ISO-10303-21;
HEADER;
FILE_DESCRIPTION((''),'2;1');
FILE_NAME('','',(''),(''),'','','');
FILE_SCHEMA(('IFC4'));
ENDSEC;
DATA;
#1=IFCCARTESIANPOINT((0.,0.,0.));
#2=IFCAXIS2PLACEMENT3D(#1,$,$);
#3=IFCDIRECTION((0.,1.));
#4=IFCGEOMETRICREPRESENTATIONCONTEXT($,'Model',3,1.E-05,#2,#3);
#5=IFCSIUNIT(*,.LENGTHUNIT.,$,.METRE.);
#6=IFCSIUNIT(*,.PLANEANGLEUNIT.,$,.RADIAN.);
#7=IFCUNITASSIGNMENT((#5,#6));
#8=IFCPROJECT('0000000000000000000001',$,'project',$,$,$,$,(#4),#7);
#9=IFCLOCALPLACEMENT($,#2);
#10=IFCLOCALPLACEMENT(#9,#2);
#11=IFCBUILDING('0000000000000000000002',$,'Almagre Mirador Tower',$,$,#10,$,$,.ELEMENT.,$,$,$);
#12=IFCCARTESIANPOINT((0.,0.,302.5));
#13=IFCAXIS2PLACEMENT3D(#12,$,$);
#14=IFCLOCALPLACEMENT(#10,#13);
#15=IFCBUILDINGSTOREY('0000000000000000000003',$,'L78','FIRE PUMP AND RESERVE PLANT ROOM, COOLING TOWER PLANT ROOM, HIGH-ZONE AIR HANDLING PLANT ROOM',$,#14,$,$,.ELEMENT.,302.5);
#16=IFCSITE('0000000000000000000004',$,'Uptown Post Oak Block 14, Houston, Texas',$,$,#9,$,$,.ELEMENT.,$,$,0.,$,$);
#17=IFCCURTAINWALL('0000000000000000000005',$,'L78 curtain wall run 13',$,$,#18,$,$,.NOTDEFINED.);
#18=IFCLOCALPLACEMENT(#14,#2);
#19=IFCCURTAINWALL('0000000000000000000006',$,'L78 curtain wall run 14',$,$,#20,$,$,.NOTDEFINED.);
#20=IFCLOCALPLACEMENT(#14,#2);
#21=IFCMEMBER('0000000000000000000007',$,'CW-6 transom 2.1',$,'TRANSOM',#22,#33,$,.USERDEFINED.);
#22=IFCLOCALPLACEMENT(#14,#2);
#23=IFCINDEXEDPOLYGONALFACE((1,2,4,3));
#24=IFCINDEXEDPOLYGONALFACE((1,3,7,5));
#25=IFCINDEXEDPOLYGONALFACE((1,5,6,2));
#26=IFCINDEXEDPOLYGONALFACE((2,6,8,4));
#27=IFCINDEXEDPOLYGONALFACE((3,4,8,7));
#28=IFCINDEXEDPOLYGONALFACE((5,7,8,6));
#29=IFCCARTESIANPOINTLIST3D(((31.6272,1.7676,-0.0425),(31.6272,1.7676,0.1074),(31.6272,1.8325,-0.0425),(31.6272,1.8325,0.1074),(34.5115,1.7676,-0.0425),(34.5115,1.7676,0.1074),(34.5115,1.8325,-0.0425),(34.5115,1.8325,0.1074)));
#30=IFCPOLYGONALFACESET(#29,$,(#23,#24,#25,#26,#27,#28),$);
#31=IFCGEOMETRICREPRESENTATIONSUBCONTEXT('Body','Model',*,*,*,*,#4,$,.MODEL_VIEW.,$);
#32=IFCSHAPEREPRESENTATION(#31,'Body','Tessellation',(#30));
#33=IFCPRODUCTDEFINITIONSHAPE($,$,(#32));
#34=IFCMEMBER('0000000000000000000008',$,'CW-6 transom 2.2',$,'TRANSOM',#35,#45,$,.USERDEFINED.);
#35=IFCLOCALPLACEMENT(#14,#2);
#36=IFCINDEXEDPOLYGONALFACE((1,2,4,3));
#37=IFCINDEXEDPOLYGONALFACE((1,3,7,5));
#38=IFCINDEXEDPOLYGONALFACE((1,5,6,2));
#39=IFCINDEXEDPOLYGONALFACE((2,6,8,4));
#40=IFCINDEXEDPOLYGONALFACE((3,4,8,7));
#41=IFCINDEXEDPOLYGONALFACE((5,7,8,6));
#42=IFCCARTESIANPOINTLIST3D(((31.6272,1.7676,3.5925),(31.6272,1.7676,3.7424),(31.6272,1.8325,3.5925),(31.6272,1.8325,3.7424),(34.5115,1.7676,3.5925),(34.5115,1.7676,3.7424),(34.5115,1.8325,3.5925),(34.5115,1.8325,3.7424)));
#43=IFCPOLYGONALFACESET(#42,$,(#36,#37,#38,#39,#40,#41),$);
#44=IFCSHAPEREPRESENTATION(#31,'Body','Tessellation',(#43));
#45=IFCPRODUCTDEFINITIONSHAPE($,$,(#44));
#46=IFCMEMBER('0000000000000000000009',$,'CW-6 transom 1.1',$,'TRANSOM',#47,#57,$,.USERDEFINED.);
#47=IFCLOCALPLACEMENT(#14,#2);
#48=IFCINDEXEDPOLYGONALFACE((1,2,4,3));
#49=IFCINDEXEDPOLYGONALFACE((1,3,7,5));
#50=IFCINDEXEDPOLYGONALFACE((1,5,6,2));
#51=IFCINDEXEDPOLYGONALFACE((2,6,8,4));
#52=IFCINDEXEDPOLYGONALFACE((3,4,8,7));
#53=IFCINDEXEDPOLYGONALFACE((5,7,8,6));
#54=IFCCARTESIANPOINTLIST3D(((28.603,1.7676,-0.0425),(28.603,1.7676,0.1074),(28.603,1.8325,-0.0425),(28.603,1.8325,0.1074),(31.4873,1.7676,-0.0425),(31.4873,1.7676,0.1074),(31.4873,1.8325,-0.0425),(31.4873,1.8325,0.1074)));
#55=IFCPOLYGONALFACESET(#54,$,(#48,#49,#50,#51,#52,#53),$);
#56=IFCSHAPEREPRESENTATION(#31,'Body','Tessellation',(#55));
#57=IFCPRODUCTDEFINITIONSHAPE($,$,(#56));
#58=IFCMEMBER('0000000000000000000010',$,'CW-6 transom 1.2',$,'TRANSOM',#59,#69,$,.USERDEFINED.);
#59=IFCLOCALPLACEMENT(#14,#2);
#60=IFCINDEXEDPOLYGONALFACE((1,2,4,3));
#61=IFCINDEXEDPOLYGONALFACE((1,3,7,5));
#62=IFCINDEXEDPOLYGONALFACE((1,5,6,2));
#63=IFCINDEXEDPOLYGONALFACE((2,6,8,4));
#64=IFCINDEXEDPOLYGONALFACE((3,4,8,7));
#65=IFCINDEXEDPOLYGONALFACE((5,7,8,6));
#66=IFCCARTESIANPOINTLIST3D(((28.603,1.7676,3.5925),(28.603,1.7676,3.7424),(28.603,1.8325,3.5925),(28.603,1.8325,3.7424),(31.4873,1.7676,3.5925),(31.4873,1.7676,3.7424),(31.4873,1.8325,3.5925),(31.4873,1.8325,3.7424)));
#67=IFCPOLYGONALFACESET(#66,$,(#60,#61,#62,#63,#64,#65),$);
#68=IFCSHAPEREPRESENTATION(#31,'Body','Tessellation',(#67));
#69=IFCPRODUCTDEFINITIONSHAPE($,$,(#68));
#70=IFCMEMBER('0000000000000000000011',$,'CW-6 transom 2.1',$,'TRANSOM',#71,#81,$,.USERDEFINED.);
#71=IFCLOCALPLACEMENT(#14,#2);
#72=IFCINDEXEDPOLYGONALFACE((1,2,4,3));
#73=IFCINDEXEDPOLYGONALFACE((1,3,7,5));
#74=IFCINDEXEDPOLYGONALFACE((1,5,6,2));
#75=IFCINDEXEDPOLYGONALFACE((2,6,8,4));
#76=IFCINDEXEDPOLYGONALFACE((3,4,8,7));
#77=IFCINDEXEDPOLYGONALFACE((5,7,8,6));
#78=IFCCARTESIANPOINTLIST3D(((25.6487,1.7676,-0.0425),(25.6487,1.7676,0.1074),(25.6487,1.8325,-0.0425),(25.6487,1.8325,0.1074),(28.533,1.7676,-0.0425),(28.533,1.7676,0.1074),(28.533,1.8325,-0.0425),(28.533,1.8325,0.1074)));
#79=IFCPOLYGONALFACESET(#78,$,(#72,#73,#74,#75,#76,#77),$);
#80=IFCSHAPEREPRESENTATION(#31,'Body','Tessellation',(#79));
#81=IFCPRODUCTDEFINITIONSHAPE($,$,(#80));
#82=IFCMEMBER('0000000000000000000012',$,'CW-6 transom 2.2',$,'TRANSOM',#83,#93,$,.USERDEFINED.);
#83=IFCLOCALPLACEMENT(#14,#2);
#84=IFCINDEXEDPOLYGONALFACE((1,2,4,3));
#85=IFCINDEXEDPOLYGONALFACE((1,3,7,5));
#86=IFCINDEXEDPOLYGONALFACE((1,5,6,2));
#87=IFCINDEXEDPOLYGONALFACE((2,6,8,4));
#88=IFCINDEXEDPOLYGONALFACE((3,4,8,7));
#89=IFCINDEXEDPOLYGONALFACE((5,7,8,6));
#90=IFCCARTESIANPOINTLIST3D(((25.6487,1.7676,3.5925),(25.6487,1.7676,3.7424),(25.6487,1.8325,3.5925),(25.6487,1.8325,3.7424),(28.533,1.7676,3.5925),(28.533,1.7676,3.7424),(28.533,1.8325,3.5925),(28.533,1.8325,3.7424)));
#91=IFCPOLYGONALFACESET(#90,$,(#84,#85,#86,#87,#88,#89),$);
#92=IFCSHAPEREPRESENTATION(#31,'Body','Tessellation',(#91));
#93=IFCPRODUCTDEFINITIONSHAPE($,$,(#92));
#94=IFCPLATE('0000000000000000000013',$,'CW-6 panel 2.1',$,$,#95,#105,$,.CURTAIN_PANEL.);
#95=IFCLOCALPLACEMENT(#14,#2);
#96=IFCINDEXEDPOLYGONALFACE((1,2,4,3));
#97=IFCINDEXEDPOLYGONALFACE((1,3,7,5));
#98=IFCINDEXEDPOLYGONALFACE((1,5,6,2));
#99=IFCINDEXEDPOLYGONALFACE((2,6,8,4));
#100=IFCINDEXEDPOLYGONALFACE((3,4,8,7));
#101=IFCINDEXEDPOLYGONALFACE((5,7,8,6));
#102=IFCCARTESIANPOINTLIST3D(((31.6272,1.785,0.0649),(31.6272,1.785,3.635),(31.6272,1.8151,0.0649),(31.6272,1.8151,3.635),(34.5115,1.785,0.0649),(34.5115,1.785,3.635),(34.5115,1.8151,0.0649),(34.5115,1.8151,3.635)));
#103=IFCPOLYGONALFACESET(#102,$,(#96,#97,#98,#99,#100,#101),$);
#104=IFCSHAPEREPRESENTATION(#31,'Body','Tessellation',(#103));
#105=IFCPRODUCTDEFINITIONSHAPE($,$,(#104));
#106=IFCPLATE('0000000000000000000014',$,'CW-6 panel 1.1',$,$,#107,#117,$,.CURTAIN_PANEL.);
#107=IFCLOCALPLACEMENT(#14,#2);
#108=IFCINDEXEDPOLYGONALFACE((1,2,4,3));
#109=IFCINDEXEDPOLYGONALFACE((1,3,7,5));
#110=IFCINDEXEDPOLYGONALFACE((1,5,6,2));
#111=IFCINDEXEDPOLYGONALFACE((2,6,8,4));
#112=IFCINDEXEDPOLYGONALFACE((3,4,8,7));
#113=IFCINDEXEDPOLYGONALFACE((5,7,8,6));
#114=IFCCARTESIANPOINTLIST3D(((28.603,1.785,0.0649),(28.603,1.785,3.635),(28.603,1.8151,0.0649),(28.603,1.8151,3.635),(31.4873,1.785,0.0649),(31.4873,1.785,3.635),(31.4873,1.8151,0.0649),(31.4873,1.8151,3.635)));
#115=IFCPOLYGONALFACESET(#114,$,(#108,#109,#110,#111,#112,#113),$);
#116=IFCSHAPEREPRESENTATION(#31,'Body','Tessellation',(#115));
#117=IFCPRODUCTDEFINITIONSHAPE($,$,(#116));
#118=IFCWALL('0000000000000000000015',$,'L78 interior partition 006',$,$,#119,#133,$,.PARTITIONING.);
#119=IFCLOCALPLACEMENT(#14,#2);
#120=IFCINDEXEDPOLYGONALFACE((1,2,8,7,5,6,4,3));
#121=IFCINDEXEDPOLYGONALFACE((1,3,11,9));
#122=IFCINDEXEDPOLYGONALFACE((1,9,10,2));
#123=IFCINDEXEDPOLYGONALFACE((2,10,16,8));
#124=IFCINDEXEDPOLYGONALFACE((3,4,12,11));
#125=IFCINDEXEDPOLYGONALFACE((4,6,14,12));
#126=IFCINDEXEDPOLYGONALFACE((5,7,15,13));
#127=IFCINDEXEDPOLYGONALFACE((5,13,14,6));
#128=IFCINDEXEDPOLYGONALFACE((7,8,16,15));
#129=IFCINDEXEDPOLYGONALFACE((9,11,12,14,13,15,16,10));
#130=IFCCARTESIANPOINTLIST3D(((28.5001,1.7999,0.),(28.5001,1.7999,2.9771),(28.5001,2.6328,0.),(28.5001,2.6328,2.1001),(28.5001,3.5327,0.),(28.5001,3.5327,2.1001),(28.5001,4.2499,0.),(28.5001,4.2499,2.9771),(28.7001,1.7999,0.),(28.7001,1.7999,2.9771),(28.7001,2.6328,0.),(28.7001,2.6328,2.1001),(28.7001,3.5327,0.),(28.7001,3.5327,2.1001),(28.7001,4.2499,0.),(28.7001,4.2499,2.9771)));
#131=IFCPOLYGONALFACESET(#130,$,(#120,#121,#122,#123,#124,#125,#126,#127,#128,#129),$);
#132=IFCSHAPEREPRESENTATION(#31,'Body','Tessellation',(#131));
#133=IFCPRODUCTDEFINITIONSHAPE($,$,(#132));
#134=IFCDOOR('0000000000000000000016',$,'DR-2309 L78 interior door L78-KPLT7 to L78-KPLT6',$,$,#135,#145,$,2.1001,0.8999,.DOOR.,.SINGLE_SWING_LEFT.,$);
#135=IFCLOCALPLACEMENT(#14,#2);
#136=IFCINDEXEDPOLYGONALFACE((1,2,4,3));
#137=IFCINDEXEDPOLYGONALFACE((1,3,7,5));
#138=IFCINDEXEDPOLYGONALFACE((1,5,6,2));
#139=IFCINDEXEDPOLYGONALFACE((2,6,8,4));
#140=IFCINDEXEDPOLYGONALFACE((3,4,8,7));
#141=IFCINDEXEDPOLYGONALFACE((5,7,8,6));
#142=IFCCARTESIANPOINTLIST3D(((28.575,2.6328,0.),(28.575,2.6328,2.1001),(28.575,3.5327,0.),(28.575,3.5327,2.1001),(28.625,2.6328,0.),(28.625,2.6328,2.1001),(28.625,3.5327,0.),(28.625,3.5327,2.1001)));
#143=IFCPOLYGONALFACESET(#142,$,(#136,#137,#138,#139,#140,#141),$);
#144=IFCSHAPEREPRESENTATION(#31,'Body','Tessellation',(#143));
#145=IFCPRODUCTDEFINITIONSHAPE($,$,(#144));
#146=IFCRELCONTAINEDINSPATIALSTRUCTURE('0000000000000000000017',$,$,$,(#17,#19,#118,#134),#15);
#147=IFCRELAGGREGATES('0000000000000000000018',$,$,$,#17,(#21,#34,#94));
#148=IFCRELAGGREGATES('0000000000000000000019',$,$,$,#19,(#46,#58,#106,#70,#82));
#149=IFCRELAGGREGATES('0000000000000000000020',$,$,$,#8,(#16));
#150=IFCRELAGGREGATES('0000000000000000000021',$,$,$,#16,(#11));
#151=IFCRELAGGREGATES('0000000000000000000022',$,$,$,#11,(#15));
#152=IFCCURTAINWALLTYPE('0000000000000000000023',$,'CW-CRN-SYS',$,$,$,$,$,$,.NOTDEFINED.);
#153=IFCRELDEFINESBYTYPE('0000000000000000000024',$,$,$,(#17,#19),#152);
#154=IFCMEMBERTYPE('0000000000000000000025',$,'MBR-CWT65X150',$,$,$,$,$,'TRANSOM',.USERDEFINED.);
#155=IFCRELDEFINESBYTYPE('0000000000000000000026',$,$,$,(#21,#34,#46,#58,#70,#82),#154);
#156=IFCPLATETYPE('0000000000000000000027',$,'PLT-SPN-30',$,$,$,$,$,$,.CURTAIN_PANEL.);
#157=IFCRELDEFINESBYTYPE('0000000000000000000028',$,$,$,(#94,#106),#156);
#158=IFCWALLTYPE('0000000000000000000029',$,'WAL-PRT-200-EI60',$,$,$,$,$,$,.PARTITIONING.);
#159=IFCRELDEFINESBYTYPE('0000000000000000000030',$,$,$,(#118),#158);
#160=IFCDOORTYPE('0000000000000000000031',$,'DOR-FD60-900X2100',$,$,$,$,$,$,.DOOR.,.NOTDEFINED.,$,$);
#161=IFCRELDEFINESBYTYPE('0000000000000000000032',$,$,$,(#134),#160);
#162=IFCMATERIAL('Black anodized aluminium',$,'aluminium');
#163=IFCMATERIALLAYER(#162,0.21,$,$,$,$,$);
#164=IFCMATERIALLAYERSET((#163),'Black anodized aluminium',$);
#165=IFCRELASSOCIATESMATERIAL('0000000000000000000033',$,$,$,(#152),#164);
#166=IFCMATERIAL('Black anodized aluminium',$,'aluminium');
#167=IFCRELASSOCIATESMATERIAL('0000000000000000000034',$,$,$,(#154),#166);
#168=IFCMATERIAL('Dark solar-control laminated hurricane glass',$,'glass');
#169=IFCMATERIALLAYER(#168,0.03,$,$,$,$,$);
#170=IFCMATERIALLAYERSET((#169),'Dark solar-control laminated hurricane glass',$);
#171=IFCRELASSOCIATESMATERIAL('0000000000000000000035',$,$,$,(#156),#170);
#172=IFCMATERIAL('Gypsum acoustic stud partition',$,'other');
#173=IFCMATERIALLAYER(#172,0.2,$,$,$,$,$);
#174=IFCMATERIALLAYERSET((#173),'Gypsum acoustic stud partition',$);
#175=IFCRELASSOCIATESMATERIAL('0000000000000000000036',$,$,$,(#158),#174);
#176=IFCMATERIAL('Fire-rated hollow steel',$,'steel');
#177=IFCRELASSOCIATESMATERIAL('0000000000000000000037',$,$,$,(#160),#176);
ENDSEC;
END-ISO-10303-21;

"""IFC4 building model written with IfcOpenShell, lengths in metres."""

from ifc_helpers import new_model, si_unit, direction, frame, frame_2d, origin, origin_2d, place, context, subcontext, project, spatial, rectangle, extrude, material, layer, layer_set, material_profile, profile_set, type_object, element, fill, aggregate, save


model = new_model("IFC4")

# Units and contexts
model_context = context("Model", 3, precision=1e-05, world=origin(), true_north=direction((0.0, 1.0)))
body_context = subcontext(model_context, "Body", "Model", "MODEL_VIEW")
ifc_project = project(units=[si_unit("LENGTHUNIT", "METRE"), si_unit("PLANEANGLEUNIT", "RADIAN")], contexts=[model_context])

# Site, building, storey
site_placement = place(None, origin())
site = spatial("IfcSite", under=ifc_project, at=site_placement, Name="Uptown Post Oak Block 14, Houston, Texas", CompositionType="ELEMENT", RefElevation=0.0)
building_placement = place(site_placement, origin())
building = spatial("IfcBuilding", under=site, at=building_placement, Name="Almagre Mirador Tower", CompositionType="ELEMENT")
storey_placement = place(building_placement, frame((0.0, 0.0, 302.5)))
storey = spatial("IfcBuildingStorey", under=building, at=storey_placement, Name="L78", Description="FIRE PUMP AND RESERVE PLANT ROOM, COOLING TOWER PLANT ROOM, HIGH-ZONE AIR HANDLING PLANT ROOM", CompositionType="ELEMENT", Elevation=302.5)

# Curtain walls
ifc_material_1 = material(Name="Black anodized aluminium", Category="aluminium")
ifc_layer_1 = layer(ifc_material_1, 0.21)
ifc_layer_set_1 = layer_set([ifc_layer_1], Name="Black anodized aluminium")
curtain_wall_type = type_object("IfcCurtainWallType", Name="CW-CRN-SYS", PredefinedType="NOTDEFINED", material=ifc_layer_set_1)
curtain_wall_1_placement = place(storey_placement, origin())
curtain_wall_1 = element("IfcCurtainWall", 1, at=curtain_wall_1_placement, inside=storey, type_object=curtain_wall_type, Name="L78 curtain wall run 13", PredefinedType="NOTDEFINED")
curtain_wall_2_placement = place(storey_placement, origin())
curtain_wall_2 = element("IfcCurtainWall", 2, at=curtain_wall_2_placement, inside=storey, type_object=curtain_wall_type, Name="L78 curtain wall run 14", PredefinedType="NOTDEFINED")

# Members
ifc_material_2 = material(Name="Black anodized aluminium", Category="aluminium")
ifc_material_profile_1 = material_profile(ifc_material_2, rectangle(XDim=0.0649, YDim=0.1499, at=origin_2d()), Name="CWT65X150")
ifc_profile_set_1 = profile_set([ifc_material_profile_1], Name="Black anodized aluminium")
member_type_1 = type_object("IfcMemberType", Name="MBR-CWT65X150", ElementType="TRANSOM", PredefinedType="USERDEFINED", material=ifc_profile_set_1)
member_1_placement = place(storey_placement, frame((34.5115, 1.8, 0.0325), z_axis=(-1.0, 0.0, 0.0), x_axis=(0.0, -1.0, 0.0)))
member_1 = element("IfcMember", 3, at=member_1_placement, type_object=member_type_1, Name="CW-6 transom 2.1", ObjectType="TRANSOM", PredefinedType="USERDEFINED", context=body_context, shape_type="SweptSolid", body=[
    extrude(rectangle(XDim=0.0649, YDim=0.1499, at=origin_2d()), origin(), (0.0, 0.0, 1.0), 2.8843),
])
member_2_placement = place(storey_placement, frame((34.5115, 1.8, 3.6675), z_axis=(-1.0, 0.0, 0.0), x_axis=(0.0, -1.0, 0.0)))
member_2 = element("IfcMember", 4, at=member_2_placement, type_object=member_type_1, Name="CW-6 transom 2.2", ObjectType="TRANSOM", PredefinedType="USERDEFINED", context=body_context, shape_type="SweptSolid", body=[
    extrude(rectangle(XDim=0.0649, YDim=0.1499, at=origin_2d()), origin(), (0.0, 0.0, 1.0), 2.8843),
])
member_3_placement = place(storey_placement, frame((31.4873, 1.8, 0.0325), z_axis=(-1.0, 0.0, 0.0), x_axis=(0.0, -1.0, 0.0)))
member_3 = element("IfcMember", 5, at=member_3_placement, type_object=member_type_1, Name="CW-6 transom 1.1", ObjectType="TRANSOM", PredefinedType="USERDEFINED", context=body_context, shape_type="SweptSolid", body=[
    extrude(rectangle(XDim=0.0649, YDim=0.1499, at=origin_2d()), origin(), (0.0, 0.0, 1.0), 2.8843),
])
member_4_placement = place(storey_placement, frame((31.4873, 1.8, 3.6675), z_axis=(-1.0, 0.0, 0.0), x_axis=(0.0, -1.0, 0.0)))
member_4 = element("IfcMember", 6, at=member_4_placement, type_object=member_type_1, Name="CW-6 transom 1.2", ObjectType="TRANSOM", PredefinedType="USERDEFINED", context=body_context, shape_type="SweptSolid", body=[
    extrude(rectangle(XDim=0.0649, YDim=0.1499, at=origin_2d()), origin(), (0.0, 0.0, 1.0), 2.8843),
])
member_5_placement = place(storey_placement, frame((28.533, 1.8, 0.0325), z_axis=(-1.0, 0.0, 0.0), x_axis=(0.0, -1.0, 0.0)))
member_5 = element("IfcMember", 7, at=member_5_placement, type_object=member_type_1, Name="CW-6 transom 2.1", ObjectType="TRANSOM", PredefinedType="USERDEFINED", context=body_context, shape_type="SweptSolid", body=[
    extrude(rectangle(XDim=0.0649, YDim=0.1499, at=origin_2d()), origin(), (0.0, 0.0, 1.0), 2.8843),
])
member_6_placement = place(storey_placement, frame((28.533, 1.8, 3.6675), z_axis=(-1.0, 0.0, 0.0), x_axis=(0.0, -1.0, 0.0)))
member_6 = element("IfcMember", 8, at=member_6_placement, type_object=member_type_1, Name="CW-6 transom 2.2", ObjectType="TRANSOM", PredefinedType="USERDEFINED", context=body_context, shape_type="SweptSolid", body=[
    extrude(rectangle(XDim=0.0649, YDim=0.1499, at=origin_2d()), origin(), (0.0, 0.0, 1.0), 2.8843),
])

# Plates
ifc_material_3 = material(Name="Dark solar-control laminated hurricane glass", Category="glass")
ifc_layer_2 = layer(ifc_material_3, 0.03)
ifc_layer_set_2 = layer_set([ifc_layer_2], Name="Dark solar-control laminated hurricane glass")
plate_type = type_object("IfcPlateType", Name="PLT-SPN-30", PredefinedType="CURTAIN_PANEL", material=ifc_layer_set_2)
plate_1_placement = place(storey_placement, frame((33.0693, 1.8, 0.0649), z_axis=(0.0, 0.0, 1.0), x_axis=(-1.0, 0.0, 0.0)))
plate_1 = element("IfcPlate", 9, at=plate_1_placement, type_object=plate_type, Name="CW-6 panel 2.1", PredefinedType="CURTAIN_PANEL", context=body_context, shape_type="SweptSolid", body=[
    extrude(rectangle(XDim=2.8843, YDim=0.03, at=origin_2d()), origin(), (0.0, 0.0, 1.0), 3.5701),
])
aggregate(curtain_wall_1, [member_1, member_2, plate_1])
plate_2_placement = place(storey_placement, frame((30.0452, 1.8, 0.0649), z_axis=(0.0, 0.0, 1.0), x_axis=(-1.0, 0.0, 0.0)))
plate_2 = element("IfcPlate", 10, at=plate_2_placement, type_object=plate_type, Name="CW-6 panel 1.1", PredefinedType="CURTAIN_PANEL", context=body_context, shape_type="SweptSolid", body=[
    extrude(rectangle(XDim=2.8843, YDim=0.03, at=origin_2d()), origin(), (0.0, 0.0, 1.0), 3.5701),
])
aggregate(curtain_wall_2, [member_3, member_4, plate_2, member_5, member_6])

# Wall, opening, door
ifc_material_4 = material(Name="Gypsum acoustic stud partition", Category="other")
ifc_layer_3 = layer(ifc_material_4, 0.2)
ifc_layer_set_3 = layer_set([ifc_layer_3], Name="Gypsum acoustic stud partition")
wall_type = type_object("IfcWallType", Name="WAL-PRT-200-EI60", PredefinedType="PARTITIONING", material=ifc_layer_set_3)
wall_placement = place(storey_placement, frame((28.6001, 4.25, 0.0), z_axis=(0.0, 0.0, 1.0), x_axis=(0.0, -1.0, 0.0)))
wall = element("IfcWall", 11, at=wall_placement, inside=storey, type_object=wall_type, Name="L78 interior partition 006", PredefinedType="PARTITIONING", context=body_context, shape_type="SweptSolid", body=[
    extrude(rectangle(XDim=2.45, YDim=0.2, at=frame_2d((1.2251, 0.0))), origin(), (0.0, 0.0, 1.0), 2.9771),
])
opening_placement = place(wall_placement, frame((0.7173, 0.0, 0.0)))
opening = element("IfcOpeningElement", 12, at=opening_placement, cuts=wall, PredefinedType="OPENING", context=body_context, shape_type="SweptSolid", body=[
    extrude(rectangle(XDim=0.8999, YDim=2.1001, at=frame_2d((0.45, 1.05))), frame((0.0, 0.1101, 0.0), z_axis=(0.0, -1.0, 0.0), x_axis=(1.0, 0.0, 0.0)), (0.0, 0.0, 1.0), 0.22),
])
ifc_material_5 = material(Name="Fire-rated hollow steel", Category="steel")
door_type = type_object("IfcDoorType", Name="DOR-FD60-900X2100", OperationType="NOTDEFINED", PredefinedType="DOOR", material=ifc_material_5)
door_placement = place(opening_placement, origin())
door = element("IfcDoor", 13, at=door_placement, inside=storey, type_object=door_type, Name="DR-2309 L78 interior door L78-KPLT7 to L78-KPLT6", OperationType="SINGLE_SWING_LEFT", OverallHeight=2.1001, OverallWidth=0.8999, PredefinedType="DOOR", context=body_context, shape_type="SweptSolid", body=[
    extrude(rectangle(XDim=0.8999, YDim=2.1001, at=frame_2d((0.45, 1.05))), frame((0.0, 0.0249, 0.0), z_axis=(0.0, -1.0, 0.0), x_axis=(1.0, 0.0, 0.0)), (0.0, 0.0, 1.0), 0.05),
])
fill(opening, door)

save(model, "model.ifc")
